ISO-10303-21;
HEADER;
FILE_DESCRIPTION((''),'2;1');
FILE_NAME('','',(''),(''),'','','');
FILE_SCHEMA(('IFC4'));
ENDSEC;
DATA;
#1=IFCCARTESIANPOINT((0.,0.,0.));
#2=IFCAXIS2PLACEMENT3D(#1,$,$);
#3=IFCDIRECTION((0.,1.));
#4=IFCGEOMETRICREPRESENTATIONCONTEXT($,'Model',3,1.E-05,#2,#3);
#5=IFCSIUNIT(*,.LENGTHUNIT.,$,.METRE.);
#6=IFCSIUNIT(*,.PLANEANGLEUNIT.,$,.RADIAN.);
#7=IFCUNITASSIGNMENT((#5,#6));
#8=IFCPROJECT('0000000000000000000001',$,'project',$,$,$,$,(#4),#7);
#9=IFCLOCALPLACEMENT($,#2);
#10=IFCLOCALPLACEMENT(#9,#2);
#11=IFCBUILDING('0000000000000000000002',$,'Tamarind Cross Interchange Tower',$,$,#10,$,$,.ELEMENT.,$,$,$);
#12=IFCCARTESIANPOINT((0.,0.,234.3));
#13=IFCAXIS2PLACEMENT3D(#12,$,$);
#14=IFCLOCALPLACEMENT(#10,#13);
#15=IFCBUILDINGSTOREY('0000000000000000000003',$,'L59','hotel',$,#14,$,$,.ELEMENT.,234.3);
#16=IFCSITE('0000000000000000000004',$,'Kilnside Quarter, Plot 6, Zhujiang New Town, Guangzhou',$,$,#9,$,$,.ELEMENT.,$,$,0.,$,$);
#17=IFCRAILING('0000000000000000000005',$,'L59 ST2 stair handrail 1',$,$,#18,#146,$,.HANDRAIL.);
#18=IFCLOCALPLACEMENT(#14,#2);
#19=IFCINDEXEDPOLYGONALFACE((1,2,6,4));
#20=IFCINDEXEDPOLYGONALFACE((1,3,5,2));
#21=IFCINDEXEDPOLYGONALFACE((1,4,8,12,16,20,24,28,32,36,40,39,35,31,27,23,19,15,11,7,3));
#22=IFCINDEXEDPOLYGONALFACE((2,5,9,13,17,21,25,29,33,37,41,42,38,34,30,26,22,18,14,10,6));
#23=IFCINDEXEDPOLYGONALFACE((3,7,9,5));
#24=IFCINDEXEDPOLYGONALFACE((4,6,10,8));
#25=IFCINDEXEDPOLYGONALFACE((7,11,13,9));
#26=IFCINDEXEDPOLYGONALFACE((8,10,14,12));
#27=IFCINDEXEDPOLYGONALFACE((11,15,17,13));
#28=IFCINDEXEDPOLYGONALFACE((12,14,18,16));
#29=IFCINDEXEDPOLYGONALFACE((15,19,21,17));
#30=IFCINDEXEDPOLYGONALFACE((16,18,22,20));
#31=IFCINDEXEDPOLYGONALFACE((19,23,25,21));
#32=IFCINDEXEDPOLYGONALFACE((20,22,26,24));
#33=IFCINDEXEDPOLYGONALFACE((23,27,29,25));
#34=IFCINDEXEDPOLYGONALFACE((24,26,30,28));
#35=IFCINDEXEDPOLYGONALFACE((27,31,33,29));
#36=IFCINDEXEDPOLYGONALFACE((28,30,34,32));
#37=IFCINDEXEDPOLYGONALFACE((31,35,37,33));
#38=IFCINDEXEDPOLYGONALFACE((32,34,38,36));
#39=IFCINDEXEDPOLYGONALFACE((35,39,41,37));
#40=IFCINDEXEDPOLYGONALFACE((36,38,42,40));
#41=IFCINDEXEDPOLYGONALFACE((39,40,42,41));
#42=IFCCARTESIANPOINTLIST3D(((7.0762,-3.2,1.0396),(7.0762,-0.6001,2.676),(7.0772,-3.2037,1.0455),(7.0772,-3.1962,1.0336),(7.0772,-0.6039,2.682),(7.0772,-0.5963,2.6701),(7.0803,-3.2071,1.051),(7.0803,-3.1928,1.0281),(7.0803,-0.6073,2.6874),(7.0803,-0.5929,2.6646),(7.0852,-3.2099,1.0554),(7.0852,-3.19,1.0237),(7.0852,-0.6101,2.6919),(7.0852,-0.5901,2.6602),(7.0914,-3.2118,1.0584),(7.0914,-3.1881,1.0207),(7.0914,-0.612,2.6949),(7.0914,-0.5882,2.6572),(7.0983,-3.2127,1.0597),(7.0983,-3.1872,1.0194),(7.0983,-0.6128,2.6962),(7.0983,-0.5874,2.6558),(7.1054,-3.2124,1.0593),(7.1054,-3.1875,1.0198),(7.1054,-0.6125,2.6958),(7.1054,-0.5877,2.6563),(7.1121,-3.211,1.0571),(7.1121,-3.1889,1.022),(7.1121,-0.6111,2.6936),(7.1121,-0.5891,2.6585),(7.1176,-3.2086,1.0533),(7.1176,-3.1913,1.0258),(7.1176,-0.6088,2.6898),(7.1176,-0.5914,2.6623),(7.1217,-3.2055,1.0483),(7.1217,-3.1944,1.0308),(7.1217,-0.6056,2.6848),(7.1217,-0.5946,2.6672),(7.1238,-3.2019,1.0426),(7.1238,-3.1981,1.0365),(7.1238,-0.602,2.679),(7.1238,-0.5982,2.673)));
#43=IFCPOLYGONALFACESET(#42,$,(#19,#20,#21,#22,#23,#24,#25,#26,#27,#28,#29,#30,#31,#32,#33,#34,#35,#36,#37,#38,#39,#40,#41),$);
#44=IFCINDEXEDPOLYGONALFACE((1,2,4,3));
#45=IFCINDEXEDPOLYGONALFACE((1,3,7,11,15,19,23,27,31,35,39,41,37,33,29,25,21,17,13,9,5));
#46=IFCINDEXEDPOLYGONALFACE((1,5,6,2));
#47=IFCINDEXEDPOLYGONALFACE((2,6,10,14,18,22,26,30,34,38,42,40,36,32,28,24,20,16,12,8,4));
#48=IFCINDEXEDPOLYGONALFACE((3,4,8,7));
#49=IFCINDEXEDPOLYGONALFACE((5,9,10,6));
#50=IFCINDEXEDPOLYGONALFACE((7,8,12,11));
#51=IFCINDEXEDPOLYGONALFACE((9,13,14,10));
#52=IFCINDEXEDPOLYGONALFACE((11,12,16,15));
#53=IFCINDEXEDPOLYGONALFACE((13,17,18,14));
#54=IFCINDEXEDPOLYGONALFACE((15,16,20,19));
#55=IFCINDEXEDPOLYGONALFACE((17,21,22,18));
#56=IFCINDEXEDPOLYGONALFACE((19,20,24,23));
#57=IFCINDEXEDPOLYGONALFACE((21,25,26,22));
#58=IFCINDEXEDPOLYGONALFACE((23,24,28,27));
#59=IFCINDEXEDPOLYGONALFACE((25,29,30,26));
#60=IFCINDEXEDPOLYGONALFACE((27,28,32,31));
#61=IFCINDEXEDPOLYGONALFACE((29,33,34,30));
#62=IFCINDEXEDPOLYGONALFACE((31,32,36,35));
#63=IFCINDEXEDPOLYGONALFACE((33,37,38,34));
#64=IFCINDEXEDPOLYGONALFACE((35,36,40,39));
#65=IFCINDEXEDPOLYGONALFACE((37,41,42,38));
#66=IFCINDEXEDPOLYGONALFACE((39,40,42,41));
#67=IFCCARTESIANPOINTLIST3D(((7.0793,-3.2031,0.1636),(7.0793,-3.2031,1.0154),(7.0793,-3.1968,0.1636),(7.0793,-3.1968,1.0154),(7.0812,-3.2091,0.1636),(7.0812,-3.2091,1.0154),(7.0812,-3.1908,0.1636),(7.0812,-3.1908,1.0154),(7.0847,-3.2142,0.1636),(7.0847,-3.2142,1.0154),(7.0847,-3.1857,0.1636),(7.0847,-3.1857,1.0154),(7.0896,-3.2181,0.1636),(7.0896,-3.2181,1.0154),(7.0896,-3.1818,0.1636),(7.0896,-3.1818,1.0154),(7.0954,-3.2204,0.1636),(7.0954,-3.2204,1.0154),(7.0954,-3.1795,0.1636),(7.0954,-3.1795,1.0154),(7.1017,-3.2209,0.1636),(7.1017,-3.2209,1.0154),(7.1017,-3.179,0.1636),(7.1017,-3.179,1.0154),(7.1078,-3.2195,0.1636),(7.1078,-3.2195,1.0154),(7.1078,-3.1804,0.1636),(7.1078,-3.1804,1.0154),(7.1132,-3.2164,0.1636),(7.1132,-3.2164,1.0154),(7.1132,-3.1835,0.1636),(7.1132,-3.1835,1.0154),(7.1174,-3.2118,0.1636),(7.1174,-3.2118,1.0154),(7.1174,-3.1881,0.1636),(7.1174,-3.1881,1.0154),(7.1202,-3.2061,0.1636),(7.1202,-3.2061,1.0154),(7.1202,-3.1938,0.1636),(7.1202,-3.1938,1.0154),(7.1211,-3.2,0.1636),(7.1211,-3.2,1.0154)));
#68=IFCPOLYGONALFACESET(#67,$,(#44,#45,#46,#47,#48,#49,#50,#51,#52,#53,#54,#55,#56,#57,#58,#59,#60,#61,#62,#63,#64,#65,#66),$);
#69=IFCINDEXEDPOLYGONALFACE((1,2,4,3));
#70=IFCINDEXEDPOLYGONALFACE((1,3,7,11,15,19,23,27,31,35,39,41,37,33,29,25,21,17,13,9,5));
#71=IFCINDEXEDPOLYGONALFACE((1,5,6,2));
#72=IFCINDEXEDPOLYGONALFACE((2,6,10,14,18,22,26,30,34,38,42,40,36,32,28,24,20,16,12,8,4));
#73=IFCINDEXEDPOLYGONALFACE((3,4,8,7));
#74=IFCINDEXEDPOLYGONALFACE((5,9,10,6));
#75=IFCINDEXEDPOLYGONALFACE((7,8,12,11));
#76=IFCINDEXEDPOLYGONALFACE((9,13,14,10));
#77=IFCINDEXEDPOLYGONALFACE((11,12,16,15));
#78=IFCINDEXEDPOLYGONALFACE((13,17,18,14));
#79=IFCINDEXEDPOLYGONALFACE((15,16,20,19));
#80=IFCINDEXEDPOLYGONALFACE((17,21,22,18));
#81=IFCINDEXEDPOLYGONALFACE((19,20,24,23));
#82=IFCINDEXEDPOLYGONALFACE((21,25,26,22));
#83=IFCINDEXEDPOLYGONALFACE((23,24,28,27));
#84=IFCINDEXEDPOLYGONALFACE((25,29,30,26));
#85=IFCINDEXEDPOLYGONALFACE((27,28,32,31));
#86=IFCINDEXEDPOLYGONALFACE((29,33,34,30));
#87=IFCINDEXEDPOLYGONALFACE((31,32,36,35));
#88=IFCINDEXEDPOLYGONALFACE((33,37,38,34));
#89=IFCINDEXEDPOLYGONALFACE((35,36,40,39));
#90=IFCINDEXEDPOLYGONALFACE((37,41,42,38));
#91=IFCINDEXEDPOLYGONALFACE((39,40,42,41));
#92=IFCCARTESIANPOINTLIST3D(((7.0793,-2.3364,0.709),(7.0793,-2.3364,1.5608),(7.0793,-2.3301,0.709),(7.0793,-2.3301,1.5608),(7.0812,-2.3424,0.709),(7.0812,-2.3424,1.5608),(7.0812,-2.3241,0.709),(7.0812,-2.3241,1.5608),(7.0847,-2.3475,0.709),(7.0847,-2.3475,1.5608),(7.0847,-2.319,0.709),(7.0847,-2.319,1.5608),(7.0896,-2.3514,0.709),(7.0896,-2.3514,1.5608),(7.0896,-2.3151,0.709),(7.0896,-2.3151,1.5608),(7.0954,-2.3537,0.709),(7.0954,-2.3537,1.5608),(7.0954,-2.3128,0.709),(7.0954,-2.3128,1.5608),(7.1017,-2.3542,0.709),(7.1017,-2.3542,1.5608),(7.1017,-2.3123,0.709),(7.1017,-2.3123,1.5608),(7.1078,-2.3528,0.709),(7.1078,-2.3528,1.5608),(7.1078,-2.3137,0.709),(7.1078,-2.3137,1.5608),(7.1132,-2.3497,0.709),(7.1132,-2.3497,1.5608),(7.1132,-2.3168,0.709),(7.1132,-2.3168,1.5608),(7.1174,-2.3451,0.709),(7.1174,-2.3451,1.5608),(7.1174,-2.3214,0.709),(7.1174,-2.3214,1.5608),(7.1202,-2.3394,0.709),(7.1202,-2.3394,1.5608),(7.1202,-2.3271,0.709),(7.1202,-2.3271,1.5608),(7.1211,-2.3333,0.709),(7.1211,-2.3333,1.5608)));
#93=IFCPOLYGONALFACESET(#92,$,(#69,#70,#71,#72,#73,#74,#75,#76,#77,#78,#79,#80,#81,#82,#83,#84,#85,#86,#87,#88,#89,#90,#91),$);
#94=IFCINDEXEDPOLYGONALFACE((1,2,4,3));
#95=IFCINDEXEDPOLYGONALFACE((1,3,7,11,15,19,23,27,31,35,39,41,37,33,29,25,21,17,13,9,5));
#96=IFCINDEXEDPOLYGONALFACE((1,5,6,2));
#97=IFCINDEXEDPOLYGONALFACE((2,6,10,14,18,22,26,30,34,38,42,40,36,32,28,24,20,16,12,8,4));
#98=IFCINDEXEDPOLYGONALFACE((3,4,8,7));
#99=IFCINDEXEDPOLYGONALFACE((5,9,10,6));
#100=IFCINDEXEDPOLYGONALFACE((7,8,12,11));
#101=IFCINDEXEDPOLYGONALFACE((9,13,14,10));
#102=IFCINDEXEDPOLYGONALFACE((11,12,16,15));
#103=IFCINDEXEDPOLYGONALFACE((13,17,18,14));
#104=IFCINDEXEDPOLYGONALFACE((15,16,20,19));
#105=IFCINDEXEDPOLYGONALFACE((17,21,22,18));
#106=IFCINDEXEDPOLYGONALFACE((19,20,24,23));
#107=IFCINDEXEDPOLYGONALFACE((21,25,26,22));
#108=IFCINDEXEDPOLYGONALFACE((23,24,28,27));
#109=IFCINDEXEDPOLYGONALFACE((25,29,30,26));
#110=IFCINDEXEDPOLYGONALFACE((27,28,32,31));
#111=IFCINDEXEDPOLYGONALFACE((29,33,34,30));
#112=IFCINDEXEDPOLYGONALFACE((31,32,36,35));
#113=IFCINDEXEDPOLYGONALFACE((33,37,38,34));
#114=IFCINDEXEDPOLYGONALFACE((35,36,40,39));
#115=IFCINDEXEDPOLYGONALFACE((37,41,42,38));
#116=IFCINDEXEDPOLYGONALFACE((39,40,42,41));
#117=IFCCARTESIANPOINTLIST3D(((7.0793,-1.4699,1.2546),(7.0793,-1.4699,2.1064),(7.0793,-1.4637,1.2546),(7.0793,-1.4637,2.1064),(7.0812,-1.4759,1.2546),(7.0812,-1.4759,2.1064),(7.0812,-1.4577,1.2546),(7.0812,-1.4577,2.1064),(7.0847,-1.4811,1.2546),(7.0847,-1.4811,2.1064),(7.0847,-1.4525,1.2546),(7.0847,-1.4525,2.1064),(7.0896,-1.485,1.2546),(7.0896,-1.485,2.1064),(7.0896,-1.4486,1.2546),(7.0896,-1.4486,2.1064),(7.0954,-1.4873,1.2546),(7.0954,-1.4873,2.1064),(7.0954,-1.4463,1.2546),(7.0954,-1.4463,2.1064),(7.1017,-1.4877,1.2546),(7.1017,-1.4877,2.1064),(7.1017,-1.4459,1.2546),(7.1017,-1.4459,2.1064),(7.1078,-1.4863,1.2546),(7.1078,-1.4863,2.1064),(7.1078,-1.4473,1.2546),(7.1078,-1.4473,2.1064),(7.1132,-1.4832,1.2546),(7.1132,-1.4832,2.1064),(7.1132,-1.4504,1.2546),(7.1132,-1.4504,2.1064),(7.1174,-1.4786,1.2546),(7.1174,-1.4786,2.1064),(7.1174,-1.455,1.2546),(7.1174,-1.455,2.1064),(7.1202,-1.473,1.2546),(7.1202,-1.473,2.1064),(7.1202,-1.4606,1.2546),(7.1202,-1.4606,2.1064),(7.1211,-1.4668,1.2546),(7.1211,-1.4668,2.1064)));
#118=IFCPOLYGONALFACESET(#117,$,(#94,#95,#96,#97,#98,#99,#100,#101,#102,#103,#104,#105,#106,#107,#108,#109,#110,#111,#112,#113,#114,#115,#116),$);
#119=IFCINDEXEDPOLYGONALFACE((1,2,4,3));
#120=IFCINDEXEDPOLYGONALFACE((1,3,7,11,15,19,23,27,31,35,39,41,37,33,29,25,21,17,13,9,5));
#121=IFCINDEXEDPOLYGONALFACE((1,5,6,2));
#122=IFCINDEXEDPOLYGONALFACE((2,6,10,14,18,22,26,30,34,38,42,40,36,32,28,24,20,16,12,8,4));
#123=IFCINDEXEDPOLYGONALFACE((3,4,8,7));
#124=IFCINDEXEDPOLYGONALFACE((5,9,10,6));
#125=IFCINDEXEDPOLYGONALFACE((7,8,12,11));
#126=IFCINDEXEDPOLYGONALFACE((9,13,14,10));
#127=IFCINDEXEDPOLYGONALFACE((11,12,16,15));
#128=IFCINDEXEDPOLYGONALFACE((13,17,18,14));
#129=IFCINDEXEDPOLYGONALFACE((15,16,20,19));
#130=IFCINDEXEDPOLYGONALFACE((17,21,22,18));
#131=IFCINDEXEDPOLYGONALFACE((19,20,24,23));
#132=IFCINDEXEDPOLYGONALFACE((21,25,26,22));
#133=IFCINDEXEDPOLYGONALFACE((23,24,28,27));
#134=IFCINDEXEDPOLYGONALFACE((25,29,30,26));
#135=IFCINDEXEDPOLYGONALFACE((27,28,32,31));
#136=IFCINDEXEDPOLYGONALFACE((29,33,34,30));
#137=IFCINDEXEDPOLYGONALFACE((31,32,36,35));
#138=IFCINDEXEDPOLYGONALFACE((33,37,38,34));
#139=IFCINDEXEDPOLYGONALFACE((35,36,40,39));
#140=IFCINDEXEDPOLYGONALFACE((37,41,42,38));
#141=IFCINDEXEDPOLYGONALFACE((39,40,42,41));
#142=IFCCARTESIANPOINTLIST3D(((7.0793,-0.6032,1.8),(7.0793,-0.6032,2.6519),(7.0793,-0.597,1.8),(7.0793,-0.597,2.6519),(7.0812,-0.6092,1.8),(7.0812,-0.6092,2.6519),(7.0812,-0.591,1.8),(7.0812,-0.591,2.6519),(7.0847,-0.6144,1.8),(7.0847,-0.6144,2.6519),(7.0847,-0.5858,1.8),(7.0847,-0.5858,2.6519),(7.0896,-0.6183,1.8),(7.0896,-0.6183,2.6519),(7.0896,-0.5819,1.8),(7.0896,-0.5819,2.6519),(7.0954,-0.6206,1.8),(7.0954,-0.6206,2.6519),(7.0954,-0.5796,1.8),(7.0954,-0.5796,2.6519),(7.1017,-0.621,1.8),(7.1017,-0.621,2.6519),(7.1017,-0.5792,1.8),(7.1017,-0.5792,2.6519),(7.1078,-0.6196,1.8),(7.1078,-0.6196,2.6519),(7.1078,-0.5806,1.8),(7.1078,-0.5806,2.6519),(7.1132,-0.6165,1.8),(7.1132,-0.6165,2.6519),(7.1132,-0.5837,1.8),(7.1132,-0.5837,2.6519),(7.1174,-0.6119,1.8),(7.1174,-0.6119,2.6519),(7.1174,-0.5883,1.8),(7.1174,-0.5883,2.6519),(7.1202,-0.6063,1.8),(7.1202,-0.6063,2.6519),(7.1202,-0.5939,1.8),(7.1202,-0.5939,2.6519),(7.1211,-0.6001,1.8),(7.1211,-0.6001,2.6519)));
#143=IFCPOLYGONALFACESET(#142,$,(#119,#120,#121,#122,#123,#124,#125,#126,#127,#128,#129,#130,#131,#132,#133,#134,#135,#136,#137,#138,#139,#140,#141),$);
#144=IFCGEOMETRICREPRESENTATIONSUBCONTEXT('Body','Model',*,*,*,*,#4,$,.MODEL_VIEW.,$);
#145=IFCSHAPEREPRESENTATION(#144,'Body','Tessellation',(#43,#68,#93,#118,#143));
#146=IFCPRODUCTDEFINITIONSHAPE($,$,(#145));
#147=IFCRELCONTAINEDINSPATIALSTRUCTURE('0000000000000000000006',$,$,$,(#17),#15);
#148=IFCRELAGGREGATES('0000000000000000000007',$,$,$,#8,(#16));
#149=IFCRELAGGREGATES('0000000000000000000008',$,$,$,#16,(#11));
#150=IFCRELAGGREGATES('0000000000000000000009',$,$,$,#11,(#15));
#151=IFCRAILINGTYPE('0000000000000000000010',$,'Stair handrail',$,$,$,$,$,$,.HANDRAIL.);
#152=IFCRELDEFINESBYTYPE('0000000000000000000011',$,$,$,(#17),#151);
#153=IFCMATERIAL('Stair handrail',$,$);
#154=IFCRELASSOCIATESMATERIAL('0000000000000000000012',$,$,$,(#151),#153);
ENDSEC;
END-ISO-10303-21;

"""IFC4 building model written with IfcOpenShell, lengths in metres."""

from ifc_helpers import new_model, si_unit, direction, frame, origin, origin_2d, place, context, subcontext, project, spatial, circle, extrude, material, type_object, element, save


model = new_model("IFC4")

# Units and contexts
model_context = context("Model", 3, precision=1e-05, world=origin(), true_north=direction((0.0, 1.0)))
body_context = subcontext(model_context, "Body", "Model", "MODEL_VIEW")
ifc_project = project(units=[si_unit("LENGTHUNIT", "METRE"), si_unit("PLANEANGLEUNIT", "RADIAN")], contexts=[model_context])

# Site, building, storey
site_placement = place(None, origin())
site = spatial("IfcSite", under=ifc_project, at=site_placement, Name="Kilnside Quarter, Plot 6, Zhujiang New Town, Guangzhou", CompositionType="ELEMENT", RefElevation=0.0)
building_placement = place(site_placement, origin())
building = spatial("IfcBuilding", under=site, at=building_placement, Name="Tamarind Cross Interchange Tower", CompositionType="ELEMENT")
storey_placement = place(building_placement, frame((0.0, 0.0, 234.3)))
storey = spatial("IfcBuildingStorey", under=building, at=storey_placement, Name="L59", Description="hotel", CompositionType="ELEMENT", Elevation=234.3)

# Railing
ifc_material_1 = material(Name="Stair handrail")
railing_type_1 = type_object("IfcRailingType", Name="Stair handrail", PredefinedType="HANDRAIL", material=ifc_material_1)
railing_1_placement = place(storey_placement, frame((7.1001, -3.2, 0.1636)))
element("IfcRailing", 1, at=railing_1_placement, inside=storey, type_object=railing_type_1, Name="L59 ST2 stair handrail 1", PredefinedType="HANDRAIL", context=body_context, shape_type="SweptSolid", body=[
    extrude(circle(Radius=0.0239, at=origin_2d()), frame((0.0, 0.0, 0.876), z_axis=(0.0, 0.846302, 0.532704), x_axis=(-1.0, 0.0, 0.0)), (0.0, 0.0, 1.0), 3.072),
    extrude(circle(Radius=0.021, at=origin_2d()), origin(), (0.0, 0.0, 1.0), 0.8518),
    extrude(circle(Radius=0.021, at=origin_2d()), frame((0.0, 0.8667, 0.5454)), (0.0, 0.0, 1.0), 0.8518),
    extrude(circle(Radius=0.021, at=origin_2d()), frame((0.0, 1.7332, 1.0911)), (0.0, 0.0, 1.0), 0.8518),
    extrude(circle(Radius=0.021, at=origin_2d()), frame((0.0, 2.5999, 1.6365)), (0.0, 0.0, 1.0), 0.8518),
])

save(model, "model.ifc")
